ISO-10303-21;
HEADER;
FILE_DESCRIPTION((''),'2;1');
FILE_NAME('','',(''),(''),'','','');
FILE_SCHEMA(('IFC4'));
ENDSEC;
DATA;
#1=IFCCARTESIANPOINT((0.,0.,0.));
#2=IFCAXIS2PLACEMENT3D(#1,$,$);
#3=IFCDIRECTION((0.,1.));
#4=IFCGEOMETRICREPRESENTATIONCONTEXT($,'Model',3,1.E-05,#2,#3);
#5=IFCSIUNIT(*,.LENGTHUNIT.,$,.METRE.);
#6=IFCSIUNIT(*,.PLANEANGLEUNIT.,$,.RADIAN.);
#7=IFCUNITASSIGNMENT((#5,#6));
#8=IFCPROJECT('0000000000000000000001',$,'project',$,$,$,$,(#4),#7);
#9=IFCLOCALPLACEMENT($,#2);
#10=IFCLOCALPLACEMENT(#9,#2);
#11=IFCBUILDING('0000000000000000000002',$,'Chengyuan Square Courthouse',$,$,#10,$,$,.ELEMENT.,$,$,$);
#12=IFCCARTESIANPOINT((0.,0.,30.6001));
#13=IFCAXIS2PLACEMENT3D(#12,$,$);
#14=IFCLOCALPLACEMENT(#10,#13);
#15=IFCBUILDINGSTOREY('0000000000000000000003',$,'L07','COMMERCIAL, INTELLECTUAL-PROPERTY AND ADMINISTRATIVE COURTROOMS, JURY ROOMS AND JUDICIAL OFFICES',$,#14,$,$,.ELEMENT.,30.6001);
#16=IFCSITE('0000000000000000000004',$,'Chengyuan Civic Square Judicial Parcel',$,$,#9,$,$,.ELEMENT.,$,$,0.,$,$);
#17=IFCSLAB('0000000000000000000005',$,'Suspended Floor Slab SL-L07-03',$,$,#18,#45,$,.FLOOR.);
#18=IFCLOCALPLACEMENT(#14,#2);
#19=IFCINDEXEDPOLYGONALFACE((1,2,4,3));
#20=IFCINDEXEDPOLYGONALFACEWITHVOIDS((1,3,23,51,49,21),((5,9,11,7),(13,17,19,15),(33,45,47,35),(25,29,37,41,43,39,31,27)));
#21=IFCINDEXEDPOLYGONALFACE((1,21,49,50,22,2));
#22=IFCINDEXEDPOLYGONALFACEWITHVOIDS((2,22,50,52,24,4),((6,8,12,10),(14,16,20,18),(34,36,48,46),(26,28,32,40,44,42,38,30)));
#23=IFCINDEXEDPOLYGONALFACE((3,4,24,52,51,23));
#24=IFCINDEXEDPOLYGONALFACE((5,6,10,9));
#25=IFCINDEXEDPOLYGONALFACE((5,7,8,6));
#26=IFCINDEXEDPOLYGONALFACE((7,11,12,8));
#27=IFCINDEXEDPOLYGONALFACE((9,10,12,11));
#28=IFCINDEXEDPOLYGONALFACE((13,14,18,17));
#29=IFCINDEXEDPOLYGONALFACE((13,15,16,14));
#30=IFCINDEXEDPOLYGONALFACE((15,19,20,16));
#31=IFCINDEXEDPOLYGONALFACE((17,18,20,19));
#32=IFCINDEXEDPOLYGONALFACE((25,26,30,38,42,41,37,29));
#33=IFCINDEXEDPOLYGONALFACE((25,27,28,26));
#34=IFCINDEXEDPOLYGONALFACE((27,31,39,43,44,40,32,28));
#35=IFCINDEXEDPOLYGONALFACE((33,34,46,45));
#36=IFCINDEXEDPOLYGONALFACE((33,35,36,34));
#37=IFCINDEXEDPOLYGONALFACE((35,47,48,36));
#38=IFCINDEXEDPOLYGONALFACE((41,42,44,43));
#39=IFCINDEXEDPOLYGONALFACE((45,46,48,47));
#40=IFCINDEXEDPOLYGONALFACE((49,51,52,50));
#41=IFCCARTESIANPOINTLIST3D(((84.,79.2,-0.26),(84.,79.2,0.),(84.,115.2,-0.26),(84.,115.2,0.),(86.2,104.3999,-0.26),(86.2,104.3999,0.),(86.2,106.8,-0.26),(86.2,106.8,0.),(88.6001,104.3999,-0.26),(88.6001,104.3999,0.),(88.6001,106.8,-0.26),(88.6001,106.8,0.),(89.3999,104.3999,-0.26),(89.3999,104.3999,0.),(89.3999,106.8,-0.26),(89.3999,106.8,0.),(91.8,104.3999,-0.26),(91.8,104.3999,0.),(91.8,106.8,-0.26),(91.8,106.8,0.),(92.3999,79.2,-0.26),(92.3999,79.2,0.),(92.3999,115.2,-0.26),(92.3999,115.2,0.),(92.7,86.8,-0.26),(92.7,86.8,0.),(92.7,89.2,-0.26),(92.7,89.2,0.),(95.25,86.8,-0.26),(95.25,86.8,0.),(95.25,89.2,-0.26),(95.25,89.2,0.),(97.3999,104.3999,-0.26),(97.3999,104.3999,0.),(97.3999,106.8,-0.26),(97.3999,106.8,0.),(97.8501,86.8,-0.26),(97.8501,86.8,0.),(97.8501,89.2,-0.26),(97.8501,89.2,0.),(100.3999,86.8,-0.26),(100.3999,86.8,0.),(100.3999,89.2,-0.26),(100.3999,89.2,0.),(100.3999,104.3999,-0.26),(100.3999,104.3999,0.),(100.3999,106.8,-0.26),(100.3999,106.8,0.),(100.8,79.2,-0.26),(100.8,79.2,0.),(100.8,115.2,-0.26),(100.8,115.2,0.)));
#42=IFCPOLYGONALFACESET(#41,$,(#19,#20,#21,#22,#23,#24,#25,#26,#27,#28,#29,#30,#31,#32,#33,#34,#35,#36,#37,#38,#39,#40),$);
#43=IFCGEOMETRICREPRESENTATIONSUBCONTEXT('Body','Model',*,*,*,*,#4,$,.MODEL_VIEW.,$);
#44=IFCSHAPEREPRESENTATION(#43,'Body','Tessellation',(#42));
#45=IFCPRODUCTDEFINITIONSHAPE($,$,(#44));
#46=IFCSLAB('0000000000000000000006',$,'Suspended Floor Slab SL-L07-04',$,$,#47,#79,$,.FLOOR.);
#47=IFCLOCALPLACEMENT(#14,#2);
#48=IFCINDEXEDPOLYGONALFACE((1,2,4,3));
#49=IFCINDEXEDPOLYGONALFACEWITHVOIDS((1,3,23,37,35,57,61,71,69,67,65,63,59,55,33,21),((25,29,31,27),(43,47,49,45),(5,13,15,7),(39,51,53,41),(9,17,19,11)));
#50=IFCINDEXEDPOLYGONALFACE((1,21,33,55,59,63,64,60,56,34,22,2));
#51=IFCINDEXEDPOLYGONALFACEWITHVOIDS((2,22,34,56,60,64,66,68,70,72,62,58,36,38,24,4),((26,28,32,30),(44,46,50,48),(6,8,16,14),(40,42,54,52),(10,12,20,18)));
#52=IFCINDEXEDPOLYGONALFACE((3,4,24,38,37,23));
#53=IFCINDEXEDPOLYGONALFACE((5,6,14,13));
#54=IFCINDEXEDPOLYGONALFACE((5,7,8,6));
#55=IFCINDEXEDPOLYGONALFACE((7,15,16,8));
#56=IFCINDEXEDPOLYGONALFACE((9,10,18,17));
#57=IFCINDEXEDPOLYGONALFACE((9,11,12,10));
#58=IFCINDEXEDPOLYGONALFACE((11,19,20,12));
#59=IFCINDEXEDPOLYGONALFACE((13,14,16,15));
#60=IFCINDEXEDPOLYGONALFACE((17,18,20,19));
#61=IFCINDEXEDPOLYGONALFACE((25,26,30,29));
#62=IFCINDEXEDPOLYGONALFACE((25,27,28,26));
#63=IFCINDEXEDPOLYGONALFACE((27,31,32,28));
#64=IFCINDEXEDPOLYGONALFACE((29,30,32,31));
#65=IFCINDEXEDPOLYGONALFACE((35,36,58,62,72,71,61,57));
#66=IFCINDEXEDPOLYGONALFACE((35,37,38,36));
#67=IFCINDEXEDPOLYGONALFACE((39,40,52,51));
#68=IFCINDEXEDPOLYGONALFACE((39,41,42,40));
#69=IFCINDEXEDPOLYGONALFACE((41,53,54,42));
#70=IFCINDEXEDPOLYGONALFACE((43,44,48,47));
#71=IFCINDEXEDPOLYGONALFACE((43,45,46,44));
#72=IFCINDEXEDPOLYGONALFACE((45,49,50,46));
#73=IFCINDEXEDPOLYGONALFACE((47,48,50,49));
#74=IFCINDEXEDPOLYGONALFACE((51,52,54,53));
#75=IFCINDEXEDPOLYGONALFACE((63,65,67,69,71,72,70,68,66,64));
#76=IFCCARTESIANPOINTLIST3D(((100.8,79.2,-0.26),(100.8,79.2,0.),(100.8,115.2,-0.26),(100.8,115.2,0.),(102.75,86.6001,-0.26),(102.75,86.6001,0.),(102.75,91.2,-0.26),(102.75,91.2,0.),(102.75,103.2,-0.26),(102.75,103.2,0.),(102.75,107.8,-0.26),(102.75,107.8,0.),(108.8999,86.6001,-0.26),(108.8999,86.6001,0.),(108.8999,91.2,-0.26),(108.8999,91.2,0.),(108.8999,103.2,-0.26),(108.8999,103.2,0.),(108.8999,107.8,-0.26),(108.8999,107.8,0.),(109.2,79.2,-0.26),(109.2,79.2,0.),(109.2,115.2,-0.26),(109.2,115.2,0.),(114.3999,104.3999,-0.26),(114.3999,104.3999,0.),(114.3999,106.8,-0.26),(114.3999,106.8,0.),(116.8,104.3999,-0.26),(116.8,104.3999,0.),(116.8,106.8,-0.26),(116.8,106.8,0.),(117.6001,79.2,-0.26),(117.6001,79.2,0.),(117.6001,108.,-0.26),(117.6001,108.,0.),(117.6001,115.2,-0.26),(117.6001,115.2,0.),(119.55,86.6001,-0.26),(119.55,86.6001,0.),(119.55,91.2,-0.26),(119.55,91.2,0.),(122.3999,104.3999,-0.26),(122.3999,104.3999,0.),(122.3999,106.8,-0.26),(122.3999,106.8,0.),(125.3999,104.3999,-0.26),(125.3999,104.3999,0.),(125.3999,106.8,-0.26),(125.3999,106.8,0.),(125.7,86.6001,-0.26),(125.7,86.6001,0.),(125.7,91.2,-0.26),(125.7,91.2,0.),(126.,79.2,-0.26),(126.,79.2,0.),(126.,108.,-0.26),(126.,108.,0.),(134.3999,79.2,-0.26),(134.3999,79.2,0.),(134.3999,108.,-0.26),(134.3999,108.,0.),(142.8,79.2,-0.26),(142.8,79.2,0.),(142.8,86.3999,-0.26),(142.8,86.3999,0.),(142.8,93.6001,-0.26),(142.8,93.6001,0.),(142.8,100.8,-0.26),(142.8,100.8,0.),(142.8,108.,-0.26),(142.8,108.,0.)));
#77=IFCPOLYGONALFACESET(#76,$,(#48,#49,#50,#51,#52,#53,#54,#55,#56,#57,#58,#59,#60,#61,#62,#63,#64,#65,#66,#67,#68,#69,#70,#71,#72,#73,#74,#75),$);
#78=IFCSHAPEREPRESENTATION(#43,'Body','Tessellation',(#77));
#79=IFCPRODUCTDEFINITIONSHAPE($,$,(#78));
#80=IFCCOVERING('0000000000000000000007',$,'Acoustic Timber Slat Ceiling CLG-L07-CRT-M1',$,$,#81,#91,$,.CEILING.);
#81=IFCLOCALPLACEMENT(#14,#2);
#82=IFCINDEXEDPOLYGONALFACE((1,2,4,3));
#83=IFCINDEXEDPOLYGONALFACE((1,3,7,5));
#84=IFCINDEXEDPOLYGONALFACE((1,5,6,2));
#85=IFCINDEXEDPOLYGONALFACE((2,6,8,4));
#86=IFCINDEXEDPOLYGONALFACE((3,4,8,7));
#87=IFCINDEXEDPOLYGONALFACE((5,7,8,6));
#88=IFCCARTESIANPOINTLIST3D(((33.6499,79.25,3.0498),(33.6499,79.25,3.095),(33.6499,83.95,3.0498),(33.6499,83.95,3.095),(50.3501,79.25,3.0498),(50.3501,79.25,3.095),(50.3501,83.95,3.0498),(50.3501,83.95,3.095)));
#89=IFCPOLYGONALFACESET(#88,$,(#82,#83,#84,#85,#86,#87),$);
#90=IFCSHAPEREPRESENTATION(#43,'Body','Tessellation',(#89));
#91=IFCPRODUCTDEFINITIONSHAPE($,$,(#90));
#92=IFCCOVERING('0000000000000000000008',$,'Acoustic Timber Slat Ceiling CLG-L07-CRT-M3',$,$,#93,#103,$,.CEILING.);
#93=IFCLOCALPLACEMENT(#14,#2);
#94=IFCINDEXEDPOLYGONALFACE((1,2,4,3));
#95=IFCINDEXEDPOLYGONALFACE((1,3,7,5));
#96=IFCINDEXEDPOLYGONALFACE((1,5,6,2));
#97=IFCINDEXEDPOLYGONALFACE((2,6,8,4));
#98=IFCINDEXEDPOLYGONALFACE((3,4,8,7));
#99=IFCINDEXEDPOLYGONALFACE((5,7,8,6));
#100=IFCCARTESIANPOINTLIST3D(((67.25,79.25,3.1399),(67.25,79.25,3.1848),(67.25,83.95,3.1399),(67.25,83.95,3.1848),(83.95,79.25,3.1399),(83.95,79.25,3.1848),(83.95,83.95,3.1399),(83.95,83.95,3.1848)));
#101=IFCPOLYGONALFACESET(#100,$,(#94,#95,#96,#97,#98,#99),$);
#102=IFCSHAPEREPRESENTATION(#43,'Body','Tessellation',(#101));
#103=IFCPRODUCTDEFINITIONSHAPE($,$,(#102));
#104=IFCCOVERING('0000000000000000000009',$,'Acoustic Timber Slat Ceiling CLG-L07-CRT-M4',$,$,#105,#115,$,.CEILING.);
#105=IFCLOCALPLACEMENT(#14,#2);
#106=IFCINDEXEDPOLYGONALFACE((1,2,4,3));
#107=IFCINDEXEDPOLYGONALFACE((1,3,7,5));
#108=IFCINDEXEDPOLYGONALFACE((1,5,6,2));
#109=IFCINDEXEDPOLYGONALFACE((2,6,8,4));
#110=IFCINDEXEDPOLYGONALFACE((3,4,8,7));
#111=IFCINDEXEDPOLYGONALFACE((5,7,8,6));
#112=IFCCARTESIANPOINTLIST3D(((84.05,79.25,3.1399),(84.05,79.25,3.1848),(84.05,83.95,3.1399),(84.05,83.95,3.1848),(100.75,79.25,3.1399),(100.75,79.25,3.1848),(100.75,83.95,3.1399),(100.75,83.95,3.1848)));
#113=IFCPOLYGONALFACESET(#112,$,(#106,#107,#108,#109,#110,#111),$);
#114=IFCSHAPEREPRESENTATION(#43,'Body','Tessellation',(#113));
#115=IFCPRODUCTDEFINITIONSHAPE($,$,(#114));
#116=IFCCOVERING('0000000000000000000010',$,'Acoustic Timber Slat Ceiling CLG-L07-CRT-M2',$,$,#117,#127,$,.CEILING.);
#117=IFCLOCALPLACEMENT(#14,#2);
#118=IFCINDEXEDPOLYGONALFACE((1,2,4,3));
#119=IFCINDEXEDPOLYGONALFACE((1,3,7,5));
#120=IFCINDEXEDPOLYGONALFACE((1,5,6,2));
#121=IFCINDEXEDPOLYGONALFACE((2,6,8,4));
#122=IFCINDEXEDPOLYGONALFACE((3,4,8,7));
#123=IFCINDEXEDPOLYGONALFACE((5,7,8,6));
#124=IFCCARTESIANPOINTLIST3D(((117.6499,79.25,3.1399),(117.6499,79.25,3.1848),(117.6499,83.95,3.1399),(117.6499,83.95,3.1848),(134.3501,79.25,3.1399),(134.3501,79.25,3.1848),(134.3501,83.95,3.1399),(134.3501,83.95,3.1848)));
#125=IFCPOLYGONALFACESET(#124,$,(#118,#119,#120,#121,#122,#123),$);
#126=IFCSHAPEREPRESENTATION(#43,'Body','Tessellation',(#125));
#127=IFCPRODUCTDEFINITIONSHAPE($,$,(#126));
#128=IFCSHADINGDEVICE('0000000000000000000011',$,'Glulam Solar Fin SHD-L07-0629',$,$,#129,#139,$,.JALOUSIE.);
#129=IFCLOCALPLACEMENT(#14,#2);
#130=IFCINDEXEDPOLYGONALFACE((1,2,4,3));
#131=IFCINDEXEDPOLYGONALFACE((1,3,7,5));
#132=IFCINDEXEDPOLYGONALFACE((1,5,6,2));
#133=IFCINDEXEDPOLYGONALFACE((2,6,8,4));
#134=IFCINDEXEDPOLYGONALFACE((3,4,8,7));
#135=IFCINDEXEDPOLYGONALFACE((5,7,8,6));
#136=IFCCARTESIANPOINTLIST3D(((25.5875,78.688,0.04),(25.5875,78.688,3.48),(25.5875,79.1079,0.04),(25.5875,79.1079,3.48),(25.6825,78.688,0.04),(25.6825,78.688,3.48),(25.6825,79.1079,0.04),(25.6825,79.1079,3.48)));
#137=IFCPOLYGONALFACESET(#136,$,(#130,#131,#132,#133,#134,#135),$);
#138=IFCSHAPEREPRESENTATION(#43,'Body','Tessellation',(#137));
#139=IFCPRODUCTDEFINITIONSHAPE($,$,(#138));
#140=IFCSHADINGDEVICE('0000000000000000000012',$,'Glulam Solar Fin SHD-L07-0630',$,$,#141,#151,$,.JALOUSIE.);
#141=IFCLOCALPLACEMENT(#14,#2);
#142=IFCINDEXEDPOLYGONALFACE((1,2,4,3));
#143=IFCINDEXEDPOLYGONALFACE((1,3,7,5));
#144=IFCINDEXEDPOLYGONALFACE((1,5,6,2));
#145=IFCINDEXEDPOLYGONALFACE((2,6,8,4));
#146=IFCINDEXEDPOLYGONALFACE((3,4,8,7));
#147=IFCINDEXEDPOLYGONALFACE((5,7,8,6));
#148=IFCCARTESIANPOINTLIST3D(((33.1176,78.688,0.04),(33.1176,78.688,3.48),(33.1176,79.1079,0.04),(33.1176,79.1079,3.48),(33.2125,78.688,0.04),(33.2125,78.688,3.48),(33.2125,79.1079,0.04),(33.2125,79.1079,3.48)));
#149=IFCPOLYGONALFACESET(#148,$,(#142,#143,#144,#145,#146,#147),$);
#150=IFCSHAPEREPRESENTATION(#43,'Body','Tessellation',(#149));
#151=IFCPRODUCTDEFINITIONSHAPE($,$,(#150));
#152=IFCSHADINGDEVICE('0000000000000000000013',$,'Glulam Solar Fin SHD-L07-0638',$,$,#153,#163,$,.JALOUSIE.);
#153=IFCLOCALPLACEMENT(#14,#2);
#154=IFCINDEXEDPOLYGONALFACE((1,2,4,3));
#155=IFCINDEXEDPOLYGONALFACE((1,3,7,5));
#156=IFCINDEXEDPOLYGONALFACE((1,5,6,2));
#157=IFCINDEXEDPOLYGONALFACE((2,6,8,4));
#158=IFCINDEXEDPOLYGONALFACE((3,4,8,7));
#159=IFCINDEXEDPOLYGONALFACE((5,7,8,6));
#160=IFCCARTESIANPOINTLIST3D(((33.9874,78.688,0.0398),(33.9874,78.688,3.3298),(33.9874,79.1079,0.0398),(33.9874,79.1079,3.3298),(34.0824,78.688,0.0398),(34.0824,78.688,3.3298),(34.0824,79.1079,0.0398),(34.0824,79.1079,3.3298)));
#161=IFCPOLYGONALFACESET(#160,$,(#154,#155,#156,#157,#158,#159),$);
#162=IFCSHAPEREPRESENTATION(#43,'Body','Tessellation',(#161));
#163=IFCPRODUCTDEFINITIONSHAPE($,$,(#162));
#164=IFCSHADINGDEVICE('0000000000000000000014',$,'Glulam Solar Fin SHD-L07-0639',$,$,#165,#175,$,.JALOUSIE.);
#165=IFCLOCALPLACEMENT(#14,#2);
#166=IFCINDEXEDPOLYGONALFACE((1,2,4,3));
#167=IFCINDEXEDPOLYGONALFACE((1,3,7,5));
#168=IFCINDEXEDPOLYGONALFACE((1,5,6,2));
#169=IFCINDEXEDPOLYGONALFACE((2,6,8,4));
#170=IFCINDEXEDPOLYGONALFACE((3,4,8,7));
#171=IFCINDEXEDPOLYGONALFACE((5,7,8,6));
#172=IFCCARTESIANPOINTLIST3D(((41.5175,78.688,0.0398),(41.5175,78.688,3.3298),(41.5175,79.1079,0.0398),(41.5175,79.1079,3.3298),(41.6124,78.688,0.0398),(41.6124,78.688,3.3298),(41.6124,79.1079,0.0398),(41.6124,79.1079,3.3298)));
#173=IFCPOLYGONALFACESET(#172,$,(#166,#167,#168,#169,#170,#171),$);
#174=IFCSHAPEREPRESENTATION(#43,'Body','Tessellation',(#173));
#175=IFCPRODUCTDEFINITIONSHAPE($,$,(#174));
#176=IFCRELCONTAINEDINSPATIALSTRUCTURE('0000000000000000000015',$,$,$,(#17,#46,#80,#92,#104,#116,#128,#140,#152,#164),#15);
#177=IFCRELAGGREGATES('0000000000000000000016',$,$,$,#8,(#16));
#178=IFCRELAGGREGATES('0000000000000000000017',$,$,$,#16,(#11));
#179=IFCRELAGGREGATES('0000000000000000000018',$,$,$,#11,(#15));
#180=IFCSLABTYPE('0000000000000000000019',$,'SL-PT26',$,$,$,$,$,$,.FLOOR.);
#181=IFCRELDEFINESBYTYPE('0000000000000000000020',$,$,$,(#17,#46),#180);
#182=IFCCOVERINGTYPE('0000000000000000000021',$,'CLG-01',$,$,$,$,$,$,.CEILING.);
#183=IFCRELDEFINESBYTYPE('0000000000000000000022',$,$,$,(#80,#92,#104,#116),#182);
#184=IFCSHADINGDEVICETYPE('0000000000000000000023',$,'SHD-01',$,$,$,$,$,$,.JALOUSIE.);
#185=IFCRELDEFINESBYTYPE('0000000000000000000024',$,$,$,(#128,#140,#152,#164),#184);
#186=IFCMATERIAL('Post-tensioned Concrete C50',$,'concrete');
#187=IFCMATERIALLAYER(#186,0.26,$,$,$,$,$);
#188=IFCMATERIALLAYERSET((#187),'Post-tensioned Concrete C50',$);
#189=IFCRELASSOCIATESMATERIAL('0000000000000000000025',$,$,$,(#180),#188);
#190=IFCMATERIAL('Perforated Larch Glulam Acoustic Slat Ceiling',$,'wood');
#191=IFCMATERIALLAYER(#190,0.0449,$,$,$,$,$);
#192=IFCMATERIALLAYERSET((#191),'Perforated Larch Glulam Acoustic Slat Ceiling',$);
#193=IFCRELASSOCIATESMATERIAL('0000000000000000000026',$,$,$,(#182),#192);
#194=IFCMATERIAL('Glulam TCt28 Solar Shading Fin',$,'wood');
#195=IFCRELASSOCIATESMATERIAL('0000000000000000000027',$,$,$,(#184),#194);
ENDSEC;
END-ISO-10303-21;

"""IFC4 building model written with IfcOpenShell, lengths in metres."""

from ifc_helpers import new_model, si_unit, direction, frame, origin, origin_2d, place, context, subcontext, project, spatial, polyline, rectangle, outline, extrude, material, layer, layer_set, type_object, element, save


model = new_model("IFC4")

# Units and contexts
model_context = context("Model", 3, precision=1e-05, world=origin(), true_north=direction((0.0, 1.0)))
body_context = subcontext(model_context, "Body", "Model", "MODEL_VIEW")
ifc_project = project(units=[si_unit("LENGTHUNIT", "METRE"), si_unit("PLANEANGLEUNIT", "RADIAN")], contexts=[model_context])

# Site, building, storey
site_placement = place(None, origin())
site = spatial("IfcSite", under=ifc_project, at=site_placement, Name="Chengyuan Civic Square Judicial Parcel", CompositionType="ELEMENT", RefElevation=0.0)
building_placement = place(site_placement, origin())
building = spatial("IfcBuilding", under=site, at=building_placement, Name="Chengyuan Square Courthouse", CompositionType="ELEMENT")
storey_placement = place(building_placement, frame((0.0, 0.0, 30.6001)))
storey = spatial("IfcBuildingStorey", under=building, at=storey_placement, Name="L07", Description="COMMERCIAL, INTELLECTUAL-PROPERTY AND ADMINISTRATIVE COURTROOMS, JURY ROOMS AND JUDICIAL OFFICES", CompositionType="ELEMENT", Elevation=30.6001)

# Slabs
ifc_material_1 = material(Name="Post-tensioned Concrete C50", Category="concrete")
ifc_layer_1 = layer(ifc_material_1, 0.26)
ifc_layer_set_1 = layer_set([ifc_layer_1], Name="Post-tensioned Concrete C50")
slab_type_1 = type_object("IfcSlabType", Name="SL-PT26", PredefinedType="FLOOR", material=ifc_layer_set_1)
slab_1_placement = place(storey_placement, frame((0.0, 0.0, -0.26)))
element("IfcSlab", 1, at=slab_1_placement, inside=storey, type_object=slab_type_1, Name="Suspended Floor Slab SL-L07-03", PredefinedType="FLOOR", context=body_context, shape_type="SweptSolid", body=[
    extrude(outline(polyline([(92.3999, 115.2), (100.8, 115.2), (100.8, 79.2), (92.3999, 79.2), (84.0, 79.2), (84.0, 115.2), (92.3999, 115.2)]), holes=[polyline([(92.7, 89.2), (92.7, 86.8), (95.25, 86.8), (97.8501, 86.8), (100.3999, 86.8), (100.3999, 89.2), (97.8501, 89.2), (95.25, 89.2), (92.7, 89.2)]), polyline([(88.6001, 106.8), (86.2, 106.8), (86.2, 104.3999), (88.6001, 104.3999), (88.6001, 106.8)]), polyline([(91.8, 106.8), (89.3999, 106.8), (89.3999, 104.3999), (91.8, 104.3999), (91.8, 106.8)]), polyline([(97.3999, 106.8), (97.3999, 104.3999), (100.3999, 104.3999), (100.3999, 106.8), (97.3999, 106.8)])]), origin(), (0.0, 0.0, 1.0), 0.26),
])
slab_2_placement = place(storey_placement, frame((0.0, 0.0, -0.26)))
element("IfcSlab", 2, at=slab_2_placement, inside=storey, type_object=slab_type_1, Name="Suspended Floor Slab SL-L07-04", PredefinedType="FLOOR", context=body_context, shape_type="SweptSolid", body=[
    extrude(outline(polyline([(109.2, 115.2), (117.6001, 115.2), (117.6001, 108.0), (126.0, 108.0), (134.3999, 108.0), (142.8, 108.0), (142.8, 100.8), (142.8, 93.6001), (142.8, 86.3999), (142.8, 79.2), (134.3999, 79.2), (126.0, 79.2), (117.6001, 79.2), (109.2, 79.2), (100.8, 79.2), (100.8, 115.2), (109.2, 115.2)]), holes=[polyline([(108.8999, 91.2), (102.75, 91.2), (102.75, 86.6001), (108.8999, 86.6001), (108.8999, 91.2)]), polyline([(125.7, 91.2), (119.55, 91.2), (119.55, 86.6001), (125.7, 86.6001), (125.7, 91.2)]), polyline([(102.75, 107.8), (102.75, 103.2), (108.8999, 103.2), (108.8999, 107.8), (102.75, 107.8)]), polyline([(116.8, 106.8), (114.3999, 106.8), (114.3999, 104.3999), (116.8, 104.3999), (116.8, 106.8)]), polyline([(125.3999, 106.8), (122.3999, 106.8), (122.3999, 104.3999), (125.3999, 104.3999), (125.3999, 106.8)])]), origin(), (0.0, 0.0, 1.0), 0.26),
])

# Coverings
ifc_material_2 = material(Name="Perforated Larch Glulam Acoustic Slat Ceiling", Category="wood")
ifc_layer_2 = layer(ifc_material_2, 0.0449)
ifc_layer_set_2 = layer_set([ifc_layer_2], Name="Perforated Larch Glulam Acoustic Slat Ceiling")
covering_type = type_object("IfcCoveringType", Name="CLG-01", PredefinedType="CEILING", material=ifc_layer_set_2)
covering_1_placement = place(storey_placement, frame((0.0, 0.0, 3.0498)))
element("IfcCovering", 3, at=covering_1_placement, inside=storey, type_object=covering_type, Name="Acoustic Timber Slat Ceiling CLG-L07-CRT-M1", PredefinedType="CEILING", context=body_context, shape_type="SweptSolid", body=[
    extrude(outline(polyline([(33.6499, 79.25), (50.3501, 79.25), (50.3501, 83.95), (33.6499, 83.95), (33.6499, 79.25)])), origin(), (0.0, 0.0, 1.0), 0.0452),
])
covering_2_placement = place(storey_placement, frame((0.0, 0.0, 3.1399)))
element("IfcCovering", 4, at=covering_2_placement, inside=storey, type_object=covering_type, Name="Acoustic Timber Slat Ceiling CLG-L07-CRT-M3", PredefinedType="CEILING", context=body_context, shape_type="SweptSolid", body=[
    extrude(outline(polyline([(67.25, 79.25), (83.95, 79.25), (83.95, 83.95), (67.25, 83.95), (67.25, 79.25)])), origin(), (0.0, 0.0, 1.0), 0.0449),
])
covering_3_placement = place(storey_placement, frame((0.0, 0.0, 3.1399)))
element("IfcCovering", 5, at=covering_3_placement, inside=storey, type_object=covering_type, Name="Acoustic Timber Slat Ceiling CLG-L07-CRT-M4", PredefinedType="CEILING", context=body_context, shape_type="SweptSolid", body=[
    extrude(outline(polyline([(84.05, 79.25), (100.75, 79.25), (100.75, 83.95), (84.05, 83.95), (84.05, 79.25)])), origin(), (0.0, 0.0, 1.0), 0.0449),
])
covering_4_placement = place(storey_placement, frame((0.0, 0.0, 3.1399)))
element("IfcCovering", 6, at=covering_4_placement, inside=storey, type_object=covering_type, Name="Acoustic Timber Slat Ceiling CLG-L07-CRT-M2", PredefinedType="CEILING", context=body_context, shape_type="SweptSolid", body=[
    extrude(outline(polyline([(117.6499, 79.25), (134.3501, 79.25), (134.3501, 83.95), (117.6499, 83.95), (117.6499, 79.25)])), origin(), (0.0, 0.0, 1.0), 0.0449),
])

# Shading devices
ifc_material_3 = material(Name="Glulam TCt28 Solar Shading Fin", Category="wood")
shading_device_type_1 = type_object("IfcShadingDeviceType", Name="SHD-01", PredefinedType="JALOUSIE", material=ifc_material_3)
for number, where, z_axis, x_axis, name in (
    (7, (25.635, 78.8979, 0.04), (0.0, 0.0, 1.0), (0.0, 1.0, 0.0), "Glulam Solar Fin SHD-L07-0629"),
    (8, (33.165, 78.8979, 0.04), (0.0, 0.0, 1.0), (0.0, 1.0, 0.0), "Glulam Solar Fin SHD-L07-0630"),
):
    element("IfcShadingDevice", number, at=place(storey_placement, frame(where, z_axis=z_axis, x_axis=x_axis)), inside=storey, type_object=shading_device_type_1, Name=name, PredefinedType="JALOUSIE", context=body_context, shape_type="SweptSolid", body=[
        extrude(rectangle(XDim=0.4199, YDim=0.095, at=origin_2d()), origin(), (0.0, 0.0, 1.0), 3.4399),
    ])
for number, where, z_axis, x_axis, name in (
    (9, (34.0349, 78.8979, 0.0398), (0.0, 0.0, 1.0), (0.0, 1.0, 0.0), "Glulam Solar Fin SHD-L07-0638"),
    (10, (41.5649, 78.8979, 0.0398), (0.0, 0.0, 1.0), (0.0, 1.0, 0.0), "Glulam Solar Fin SHD-L07-0639"),
):
    element("IfcShadingDevice", number, at=place(storey_placement, frame(where, z_axis=z_axis, x_axis=x_axis)), inside=storey, type_object=shading_device_type_1, Name=name, PredefinedType="JALOUSIE", context=body_context, shape_type="SweptSolid", body=[
        extrude(rectangle(XDim=0.4199, YDim=0.095, at=origin_2d()), origin(), (0.0, 0.0, 1.0), 3.29),
    ])

save(model, "model.ifc")
